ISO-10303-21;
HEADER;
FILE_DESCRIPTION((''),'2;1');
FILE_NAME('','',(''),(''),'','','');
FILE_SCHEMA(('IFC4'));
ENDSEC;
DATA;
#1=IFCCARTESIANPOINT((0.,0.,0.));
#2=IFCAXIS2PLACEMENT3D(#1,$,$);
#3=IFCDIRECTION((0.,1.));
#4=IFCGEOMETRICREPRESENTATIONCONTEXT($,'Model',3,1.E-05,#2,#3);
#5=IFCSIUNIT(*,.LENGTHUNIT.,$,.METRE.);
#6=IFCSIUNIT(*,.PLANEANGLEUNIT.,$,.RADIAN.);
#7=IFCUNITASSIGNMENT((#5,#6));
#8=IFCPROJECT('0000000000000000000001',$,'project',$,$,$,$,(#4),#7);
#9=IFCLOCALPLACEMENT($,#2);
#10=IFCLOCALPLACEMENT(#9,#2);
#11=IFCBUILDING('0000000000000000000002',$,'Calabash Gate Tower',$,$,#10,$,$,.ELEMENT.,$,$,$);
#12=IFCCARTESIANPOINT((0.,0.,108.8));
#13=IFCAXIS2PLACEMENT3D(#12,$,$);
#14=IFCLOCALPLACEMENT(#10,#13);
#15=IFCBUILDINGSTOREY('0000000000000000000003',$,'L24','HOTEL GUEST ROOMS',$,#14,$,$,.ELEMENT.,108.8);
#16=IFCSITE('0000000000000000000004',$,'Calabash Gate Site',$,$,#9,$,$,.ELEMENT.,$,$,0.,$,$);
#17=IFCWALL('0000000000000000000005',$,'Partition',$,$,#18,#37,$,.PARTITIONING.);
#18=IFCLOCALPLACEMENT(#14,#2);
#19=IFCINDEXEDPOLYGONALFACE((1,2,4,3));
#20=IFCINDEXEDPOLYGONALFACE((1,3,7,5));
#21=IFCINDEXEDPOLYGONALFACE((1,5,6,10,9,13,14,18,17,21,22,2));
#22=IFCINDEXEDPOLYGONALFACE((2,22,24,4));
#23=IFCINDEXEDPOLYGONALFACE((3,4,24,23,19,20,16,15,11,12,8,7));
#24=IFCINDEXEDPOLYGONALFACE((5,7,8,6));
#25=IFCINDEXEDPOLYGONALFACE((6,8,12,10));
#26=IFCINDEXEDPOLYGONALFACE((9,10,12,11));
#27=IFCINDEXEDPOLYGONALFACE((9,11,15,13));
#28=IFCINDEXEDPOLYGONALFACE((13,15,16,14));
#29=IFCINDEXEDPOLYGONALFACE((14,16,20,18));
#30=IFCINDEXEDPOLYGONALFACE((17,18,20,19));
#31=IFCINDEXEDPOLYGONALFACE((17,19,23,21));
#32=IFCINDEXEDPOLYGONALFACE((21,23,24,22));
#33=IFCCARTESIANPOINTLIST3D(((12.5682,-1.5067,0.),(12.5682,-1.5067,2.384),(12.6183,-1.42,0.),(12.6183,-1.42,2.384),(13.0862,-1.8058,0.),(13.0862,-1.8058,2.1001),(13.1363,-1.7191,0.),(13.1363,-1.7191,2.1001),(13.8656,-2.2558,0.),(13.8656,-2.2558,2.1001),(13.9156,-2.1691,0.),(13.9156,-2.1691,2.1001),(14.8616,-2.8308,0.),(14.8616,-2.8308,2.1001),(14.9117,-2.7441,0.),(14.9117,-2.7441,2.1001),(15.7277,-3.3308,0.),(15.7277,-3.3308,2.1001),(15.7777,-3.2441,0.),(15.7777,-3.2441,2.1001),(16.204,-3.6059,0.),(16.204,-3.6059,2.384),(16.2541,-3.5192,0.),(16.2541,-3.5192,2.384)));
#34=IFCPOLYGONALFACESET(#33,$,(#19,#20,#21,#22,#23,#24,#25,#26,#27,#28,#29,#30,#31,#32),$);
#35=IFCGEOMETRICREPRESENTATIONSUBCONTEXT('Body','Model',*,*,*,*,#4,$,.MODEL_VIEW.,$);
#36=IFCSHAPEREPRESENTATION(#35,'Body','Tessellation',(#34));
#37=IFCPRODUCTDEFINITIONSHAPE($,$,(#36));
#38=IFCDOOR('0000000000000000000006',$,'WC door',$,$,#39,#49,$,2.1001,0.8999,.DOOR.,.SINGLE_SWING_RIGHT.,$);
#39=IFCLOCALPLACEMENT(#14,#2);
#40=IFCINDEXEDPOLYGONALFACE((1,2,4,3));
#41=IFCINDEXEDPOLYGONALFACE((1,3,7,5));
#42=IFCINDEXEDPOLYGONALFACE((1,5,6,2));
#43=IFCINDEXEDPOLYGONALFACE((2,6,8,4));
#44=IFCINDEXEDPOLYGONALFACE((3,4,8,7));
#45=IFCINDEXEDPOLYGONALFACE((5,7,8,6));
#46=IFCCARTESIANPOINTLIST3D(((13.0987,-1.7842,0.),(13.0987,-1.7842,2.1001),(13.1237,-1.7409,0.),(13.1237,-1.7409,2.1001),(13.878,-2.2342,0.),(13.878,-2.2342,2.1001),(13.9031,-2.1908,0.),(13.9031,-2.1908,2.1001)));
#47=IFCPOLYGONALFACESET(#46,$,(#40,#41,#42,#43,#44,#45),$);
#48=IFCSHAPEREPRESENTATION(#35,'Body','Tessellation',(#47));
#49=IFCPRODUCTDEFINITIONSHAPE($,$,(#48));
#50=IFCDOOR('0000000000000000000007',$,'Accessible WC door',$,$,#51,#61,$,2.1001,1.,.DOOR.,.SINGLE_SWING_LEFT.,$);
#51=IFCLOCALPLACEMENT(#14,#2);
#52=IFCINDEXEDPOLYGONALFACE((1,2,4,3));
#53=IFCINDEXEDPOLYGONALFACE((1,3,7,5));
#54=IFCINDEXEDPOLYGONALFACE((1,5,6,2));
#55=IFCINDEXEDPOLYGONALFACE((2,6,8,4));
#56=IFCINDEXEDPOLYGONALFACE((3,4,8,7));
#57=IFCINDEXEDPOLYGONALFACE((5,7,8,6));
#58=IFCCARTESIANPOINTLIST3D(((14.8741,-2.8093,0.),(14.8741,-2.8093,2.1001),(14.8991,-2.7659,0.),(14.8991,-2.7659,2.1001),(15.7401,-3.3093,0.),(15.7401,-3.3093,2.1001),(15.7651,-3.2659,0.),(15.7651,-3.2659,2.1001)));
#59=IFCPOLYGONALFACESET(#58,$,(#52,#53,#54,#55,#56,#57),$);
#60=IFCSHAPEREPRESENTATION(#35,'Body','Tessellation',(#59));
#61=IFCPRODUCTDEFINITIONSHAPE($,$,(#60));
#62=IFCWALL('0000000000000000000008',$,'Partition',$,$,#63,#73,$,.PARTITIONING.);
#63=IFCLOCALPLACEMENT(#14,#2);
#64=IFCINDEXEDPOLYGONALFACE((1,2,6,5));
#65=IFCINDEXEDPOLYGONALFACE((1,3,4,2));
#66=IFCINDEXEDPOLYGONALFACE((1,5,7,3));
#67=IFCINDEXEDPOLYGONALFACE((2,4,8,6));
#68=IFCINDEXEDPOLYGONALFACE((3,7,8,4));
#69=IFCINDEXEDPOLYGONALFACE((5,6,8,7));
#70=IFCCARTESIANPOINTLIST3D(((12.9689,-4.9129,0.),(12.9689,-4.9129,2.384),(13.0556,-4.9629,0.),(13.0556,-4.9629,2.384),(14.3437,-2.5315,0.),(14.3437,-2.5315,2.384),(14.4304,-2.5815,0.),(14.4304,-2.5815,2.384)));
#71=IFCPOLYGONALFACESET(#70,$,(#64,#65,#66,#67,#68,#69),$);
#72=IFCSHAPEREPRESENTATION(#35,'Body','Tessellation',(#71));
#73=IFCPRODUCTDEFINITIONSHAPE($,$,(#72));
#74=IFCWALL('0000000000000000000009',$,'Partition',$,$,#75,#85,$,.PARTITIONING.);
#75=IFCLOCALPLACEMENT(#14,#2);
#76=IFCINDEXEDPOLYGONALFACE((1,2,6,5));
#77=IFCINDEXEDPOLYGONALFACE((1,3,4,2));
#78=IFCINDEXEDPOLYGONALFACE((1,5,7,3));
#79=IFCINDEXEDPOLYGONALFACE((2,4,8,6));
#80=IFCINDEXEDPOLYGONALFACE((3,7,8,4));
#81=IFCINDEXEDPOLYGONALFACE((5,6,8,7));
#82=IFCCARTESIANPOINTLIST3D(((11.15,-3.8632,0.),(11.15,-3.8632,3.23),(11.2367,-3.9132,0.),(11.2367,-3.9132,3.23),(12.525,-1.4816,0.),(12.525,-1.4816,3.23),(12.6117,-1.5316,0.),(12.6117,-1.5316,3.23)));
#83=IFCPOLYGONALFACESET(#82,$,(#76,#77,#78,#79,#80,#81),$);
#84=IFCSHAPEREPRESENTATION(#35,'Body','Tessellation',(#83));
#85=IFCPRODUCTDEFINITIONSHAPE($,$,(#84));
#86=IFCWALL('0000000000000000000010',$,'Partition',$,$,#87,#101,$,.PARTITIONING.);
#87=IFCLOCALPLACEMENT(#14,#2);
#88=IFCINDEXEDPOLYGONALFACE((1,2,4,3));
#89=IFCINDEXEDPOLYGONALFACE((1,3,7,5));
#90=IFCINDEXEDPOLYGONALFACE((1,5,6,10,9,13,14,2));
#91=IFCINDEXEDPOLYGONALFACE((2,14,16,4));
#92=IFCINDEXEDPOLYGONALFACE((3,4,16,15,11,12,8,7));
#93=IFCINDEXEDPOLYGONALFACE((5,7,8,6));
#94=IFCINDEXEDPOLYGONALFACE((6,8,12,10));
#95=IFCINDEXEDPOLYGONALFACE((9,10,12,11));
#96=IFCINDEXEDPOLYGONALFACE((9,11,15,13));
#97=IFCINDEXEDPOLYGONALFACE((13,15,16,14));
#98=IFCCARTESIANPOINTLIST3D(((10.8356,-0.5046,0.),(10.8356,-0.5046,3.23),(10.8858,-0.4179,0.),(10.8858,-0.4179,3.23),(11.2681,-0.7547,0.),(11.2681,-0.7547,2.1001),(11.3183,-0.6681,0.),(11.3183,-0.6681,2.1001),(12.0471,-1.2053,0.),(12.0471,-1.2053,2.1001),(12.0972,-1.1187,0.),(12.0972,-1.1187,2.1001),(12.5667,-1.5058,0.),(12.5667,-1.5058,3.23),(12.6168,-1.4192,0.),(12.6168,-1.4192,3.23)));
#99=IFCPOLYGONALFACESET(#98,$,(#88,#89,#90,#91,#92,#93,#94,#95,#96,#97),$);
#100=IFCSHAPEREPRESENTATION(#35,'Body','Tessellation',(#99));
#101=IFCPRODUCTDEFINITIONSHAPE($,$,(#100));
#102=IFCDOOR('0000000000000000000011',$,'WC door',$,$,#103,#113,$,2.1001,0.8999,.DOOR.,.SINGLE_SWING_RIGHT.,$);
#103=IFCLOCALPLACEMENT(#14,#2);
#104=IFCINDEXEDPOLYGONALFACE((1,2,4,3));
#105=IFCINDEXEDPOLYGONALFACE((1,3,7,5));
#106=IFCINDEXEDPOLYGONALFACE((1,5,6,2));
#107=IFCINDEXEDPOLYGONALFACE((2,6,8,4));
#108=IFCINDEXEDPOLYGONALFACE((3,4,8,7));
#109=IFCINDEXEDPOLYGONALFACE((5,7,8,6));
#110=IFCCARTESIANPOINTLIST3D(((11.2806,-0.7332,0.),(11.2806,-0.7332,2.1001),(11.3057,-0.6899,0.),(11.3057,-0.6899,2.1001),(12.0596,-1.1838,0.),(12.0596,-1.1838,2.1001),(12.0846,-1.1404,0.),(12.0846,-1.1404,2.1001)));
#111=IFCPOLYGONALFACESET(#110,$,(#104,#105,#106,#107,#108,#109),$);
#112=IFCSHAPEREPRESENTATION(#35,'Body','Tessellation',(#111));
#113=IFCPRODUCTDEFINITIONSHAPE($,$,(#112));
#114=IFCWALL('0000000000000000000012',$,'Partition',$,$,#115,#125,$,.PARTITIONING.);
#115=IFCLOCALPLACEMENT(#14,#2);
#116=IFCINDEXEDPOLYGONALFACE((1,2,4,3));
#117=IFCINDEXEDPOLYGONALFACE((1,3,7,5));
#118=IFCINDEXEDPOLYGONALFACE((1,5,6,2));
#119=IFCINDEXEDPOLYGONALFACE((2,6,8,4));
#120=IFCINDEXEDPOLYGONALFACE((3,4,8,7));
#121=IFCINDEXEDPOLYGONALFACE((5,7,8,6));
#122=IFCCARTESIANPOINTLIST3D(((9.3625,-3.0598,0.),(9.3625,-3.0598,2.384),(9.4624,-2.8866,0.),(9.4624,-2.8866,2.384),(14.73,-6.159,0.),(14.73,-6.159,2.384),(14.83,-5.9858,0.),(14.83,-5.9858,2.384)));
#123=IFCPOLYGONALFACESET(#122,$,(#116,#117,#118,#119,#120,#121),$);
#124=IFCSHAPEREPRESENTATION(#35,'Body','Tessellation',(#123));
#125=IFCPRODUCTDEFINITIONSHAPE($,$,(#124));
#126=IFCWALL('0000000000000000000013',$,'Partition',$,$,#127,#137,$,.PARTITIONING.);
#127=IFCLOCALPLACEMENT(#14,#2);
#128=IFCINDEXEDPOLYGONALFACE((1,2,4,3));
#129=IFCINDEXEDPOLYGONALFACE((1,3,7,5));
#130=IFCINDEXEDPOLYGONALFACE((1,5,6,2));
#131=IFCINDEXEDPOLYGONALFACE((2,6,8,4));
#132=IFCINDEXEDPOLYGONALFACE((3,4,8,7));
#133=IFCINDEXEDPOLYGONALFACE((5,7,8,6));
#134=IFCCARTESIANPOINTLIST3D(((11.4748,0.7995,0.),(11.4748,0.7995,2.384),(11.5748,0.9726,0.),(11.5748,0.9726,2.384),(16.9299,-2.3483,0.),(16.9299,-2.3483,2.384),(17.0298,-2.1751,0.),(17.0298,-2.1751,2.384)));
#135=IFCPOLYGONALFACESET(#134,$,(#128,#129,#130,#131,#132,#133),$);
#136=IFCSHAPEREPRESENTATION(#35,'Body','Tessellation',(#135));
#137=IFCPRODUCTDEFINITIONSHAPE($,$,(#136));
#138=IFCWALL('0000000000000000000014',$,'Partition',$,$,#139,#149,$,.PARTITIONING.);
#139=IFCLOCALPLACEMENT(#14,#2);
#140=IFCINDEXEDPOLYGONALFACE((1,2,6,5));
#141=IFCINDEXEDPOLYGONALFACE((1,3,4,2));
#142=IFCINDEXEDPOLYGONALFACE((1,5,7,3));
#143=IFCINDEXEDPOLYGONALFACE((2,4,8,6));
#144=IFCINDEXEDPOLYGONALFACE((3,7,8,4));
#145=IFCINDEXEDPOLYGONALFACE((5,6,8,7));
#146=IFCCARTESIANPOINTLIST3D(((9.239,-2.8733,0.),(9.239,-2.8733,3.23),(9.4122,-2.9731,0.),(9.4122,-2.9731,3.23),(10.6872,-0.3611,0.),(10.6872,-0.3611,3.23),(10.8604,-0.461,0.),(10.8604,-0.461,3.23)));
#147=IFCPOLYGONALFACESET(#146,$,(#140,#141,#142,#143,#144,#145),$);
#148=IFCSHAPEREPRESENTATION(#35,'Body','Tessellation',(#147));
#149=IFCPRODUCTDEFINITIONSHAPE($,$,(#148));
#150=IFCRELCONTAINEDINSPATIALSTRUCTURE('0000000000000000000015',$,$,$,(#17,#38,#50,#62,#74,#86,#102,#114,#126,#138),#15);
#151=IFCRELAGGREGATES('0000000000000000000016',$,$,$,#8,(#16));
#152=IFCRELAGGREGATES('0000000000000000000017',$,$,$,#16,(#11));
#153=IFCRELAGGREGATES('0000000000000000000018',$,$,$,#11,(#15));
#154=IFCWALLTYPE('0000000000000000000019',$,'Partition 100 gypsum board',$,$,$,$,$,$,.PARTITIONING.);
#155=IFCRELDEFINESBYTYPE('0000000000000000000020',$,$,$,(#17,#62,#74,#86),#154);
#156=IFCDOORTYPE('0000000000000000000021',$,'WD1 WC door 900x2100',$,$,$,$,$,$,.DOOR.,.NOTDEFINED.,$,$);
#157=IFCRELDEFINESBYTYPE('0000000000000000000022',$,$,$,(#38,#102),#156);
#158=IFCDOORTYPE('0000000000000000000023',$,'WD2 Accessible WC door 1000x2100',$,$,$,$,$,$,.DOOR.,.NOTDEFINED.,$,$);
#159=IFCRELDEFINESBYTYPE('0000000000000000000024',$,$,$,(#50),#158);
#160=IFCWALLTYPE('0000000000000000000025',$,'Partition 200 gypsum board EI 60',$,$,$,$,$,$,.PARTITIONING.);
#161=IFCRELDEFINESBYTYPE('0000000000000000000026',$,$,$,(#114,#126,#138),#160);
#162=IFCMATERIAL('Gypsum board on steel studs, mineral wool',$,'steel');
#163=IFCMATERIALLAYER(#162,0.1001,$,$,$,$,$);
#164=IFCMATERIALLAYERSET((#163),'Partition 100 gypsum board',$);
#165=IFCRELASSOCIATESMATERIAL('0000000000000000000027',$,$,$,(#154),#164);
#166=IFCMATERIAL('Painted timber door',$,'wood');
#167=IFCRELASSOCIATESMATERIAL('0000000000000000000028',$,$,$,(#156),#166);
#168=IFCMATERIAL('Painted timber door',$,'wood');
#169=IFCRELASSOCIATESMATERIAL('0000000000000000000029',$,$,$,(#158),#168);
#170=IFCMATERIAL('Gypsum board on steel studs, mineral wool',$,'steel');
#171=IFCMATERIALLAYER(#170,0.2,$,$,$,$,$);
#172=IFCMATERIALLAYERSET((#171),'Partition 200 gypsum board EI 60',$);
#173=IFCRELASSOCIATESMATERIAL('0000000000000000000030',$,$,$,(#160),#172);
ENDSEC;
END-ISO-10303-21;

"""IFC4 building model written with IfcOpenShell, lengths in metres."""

from ifc_helpers import new_model, si_unit, direction, frame, frame_2d, origin, place, context, subcontext, project, spatial, rectangle, extrude, material, layer, layer_set, type_object, element, fill, save


model = new_model("IFC4")

# Units and contexts
model_context = context("Model", 3, precision=1e-05, world=origin(), true_north=direction((0.0, 1.0)))
body_context = subcontext(model_context, "Body", "Model", "MODEL_VIEW")
ifc_project = project(units=[si_unit("LENGTHUNIT", "METRE"), si_unit("PLANEANGLEUNIT", "RADIAN")], contexts=[model_context])

# Site, building, storey
site_placement = place(None, origin())
site = spatial("IfcSite", under=ifc_project, at=site_placement, Name="Calabash Gate Site", CompositionType="ELEMENT", RefElevation=0.0)
building_placement = place(site_placement, origin())
building = spatial("IfcBuilding", under=site, at=building_placement, Name="Calabash Gate Tower", CompositionType="ELEMENT")
storey_placement = place(building_placement, frame((0.0, 0.0, 108.8)))
storey = spatial("IfcBuildingStorey", under=building, at=storey_placement, Name="L24", Description="HOTEL GUEST ROOMS", CompositionType="ELEMENT", Elevation=108.8)

# Wall, openings, doors
ifc_material_1 = material(Name="Gypsum board on steel studs, mineral wool", Category="steel")
ifc_layer_1 = layer(ifc_material_1, 0.1001)
ifc_layer_set_1 = layer_set([ifc_layer_1], Name="Partition 100 gypsum board")
wall_type_1 = type_object("IfcWallType", Name="Partition 100 gypsum board", PredefinedType="PARTITIONING", material=ifc_layer_set_1)
wall_1_placement = place(storey_placement, frame((12.5933, -1.4634, 0.0), z_axis=(0.0, 0.0, 1.0), x_axis=(0.866023, -0.500004, 0.0)))
wall_1 = element("IfcWall", 1, at=wall_1_placement, inside=storey, type_object=wall_type_1, Name="Partition", PredefinedType="PARTITIONING", context=body_context, shape_type="SweptSolid", body=[
    extrude(rectangle(XDim=4.1982, YDim=0.1001, at=frame_2d((2.0991, 0.0))), origin(), (0.0, 0.0, 1.0), 2.384),
])
opening_1_placement = place(wall_1_placement, frame((0.5981, 0.0, 0.0)))
opening_1 = element("IfcOpeningElement", 2, at=opening_1_placement, cuts=wall_1, PredefinedType="OPENING", context=body_context, shape_type="SweptSolid", body=[
    extrude(rectangle(XDim=0.8999, YDim=2.1001, at=frame_2d((0.45, 1.05))), frame((0.0, 0.0601, 0.0), z_axis=(0.0, -1.0, 0.0), x_axis=(1.0, 0.0, 0.0)), (0.0, 0.0, 1.0), 0.1201),
])
opening_2_placement = place(wall_1_placement, frame((2.6482, 0.0, 0.0)))
opening_2 = element("IfcOpeningElement", 3, at=opening_2_placement, cuts=wall_1, PredefinedType="OPENING", context=body_context, shape_type="SweptSolid", body=[
    extrude(rectangle(XDim=1.0, YDim=2.1001, at=frame_2d((0.5, 1.05))), frame((0.0, 0.0601, 0.0), z_axis=(0.0, -1.0, 0.0), x_axis=(1.0, 0.0, 0.0)), (0.0, 0.0, 1.0), 0.1201),
])
ifc_material_2 = material(Name="Painted timber door", Category="wood")
door_type_1 = type_object("IfcDoorType", Name="WD1 WC door 900x2100", OperationType="NOTDEFINED", PredefinedType="DOOR", material=ifc_material_2)
door_1_placement = place(opening_1_placement, origin())
door_1 = element("IfcDoor", 4, at=door_1_placement, inside=storey, type_object=door_type_1, Name="WC door", OperationType="SINGLE_SWING_RIGHT", OverallHeight=2.1001, OverallWidth=0.8999, PredefinedType="DOOR", context=body_context, shape_type="SweptSolid", body=[
    extrude(rectangle(XDim=0.8999, YDim=2.1001, at=frame_2d((0.45, 1.05))), frame((0.0, 0.0249, 0.0), z_axis=(0.0, -1.0, 0.0), x_axis=(1.0, 0.0, 0.0)), (0.0, 0.0, 1.0), 0.05),
])
fill(opening_1, door_1)
ifc_material_3 = material(Name="Painted timber door", Category="wood")
door_type_2 = type_object("IfcDoorType", Name="WD2 Accessible WC door 1000x2100", OperationType="NOTDEFINED", PredefinedType="DOOR", material=ifc_material_3)
door_2_placement = place(opening_2_placement, origin())
door_2 = element("IfcDoor", 5, at=door_2_placement, inside=storey, type_object=door_type_2, Name="Accessible WC door", OperationType="SINGLE_SWING_LEFT", OverallHeight=2.1001, OverallWidth=1.0, PredefinedType="DOOR", context=body_context, shape_type="SweptSolid", body=[
    extrude(rectangle(XDim=1.0, YDim=2.1001, at=frame_2d((0.5, 1.05))), frame((0.0, 0.0249, 0.0), z_axis=(0.0, -1.0, 0.0), x_axis=(1.0, 0.0, 0.0)), (0.0, 0.0, 1.0), 0.05),
])
fill(opening_2, door_2)

# Walls
wall_2_placement = place(storey_placement, frame((13.0122, -4.938, 0.0), z_axis=(0.0, 0.0, 1.0), x_axis=(0.499968, 0.866044, 0.0)))
element("IfcWall", 6, at=wall_2_placement, inside=storey, type_object=wall_type_1, Name="Partition", PredefinedType="PARTITIONING", context=body_context, shape_type="SweptSolid", body=[
    extrude(rectangle(XDim=2.7498, YDim=0.1001, at=frame_2d((1.375, 0.0))), origin(), (0.0, 0.0, 1.0), 2.384),
])
wall_3_placement = place(storey_placement, frame((11.1934, -3.8882, 0.0), z_axis=(0.0, 0.0, 1.0), x_axis=(0.499997, 0.866027, 0.0)))
element("IfcWall", 7, at=wall_3_placement, inside=storey, type_object=wall_type_1, Name="Partition", PredefinedType="PARTITIONING", context=body_context, shape_type="SweptSolid", body=[
    extrude(rectangle(XDim=2.75, YDim=0.1001, at=frame_2d((1.375, 0.0))), origin(), (0.0, 0.0, 1.0), 3.23),
])

# Wall, opening, door
wall_4_placement = place(storey_placement, frame((10.8606, -0.4612, 0.0), z_axis=(0.0, 0.0, 1.0), x_axis=(0.865624, -0.500695, 0.0)))
wall_4 = element("IfcWall", 8, at=wall_4_placement, inside=storey, type_object=wall_type_1, Name="Partition", PredefinedType="PARTITIONING", context=body_context, shape_type="SweptSolid", body=[
    extrude(rectangle(XDim=1.9998, YDim=0.1001, at=frame_2d((1.0, 0.0))), origin(), (0.0, 0.0, 1.0), 3.23),
])
opening_3_placement = place(wall_4_placement, frame((0.4998, 0.0, 0.0)))
opening_3 = element("IfcOpeningElement", 9, at=opening_3_placement, cuts=wall_4, PredefinedType="OPENING", context=body_context, shape_type="SweptSolid", body=[
    extrude(rectangle(XDim=0.8999, YDim=2.1001, at=frame_2d((0.45, 1.05))), frame((0.0, 0.0601, 0.0), z_axis=(0.0, -1.0, 0.0), x_axis=(1.0, 0.0, 0.0)), (0.0, 0.0, 1.0), 0.1201),
])
door_3_placement = place(opening_3_placement, origin())
door_3 = element("IfcDoor", 10, at=door_3_placement, inside=storey, type_object=door_type_1, Name="WC door", OperationType="SINGLE_SWING_RIGHT", OverallHeight=2.1001, OverallWidth=0.8999, PredefinedType="DOOR", context=body_context, shape_type="SweptSolid", body=[
    extrude(rectangle(XDim=0.8999, YDim=2.1001, at=frame_2d((0.45, 1.05))), frame((0.0, 0.0249, 0.0), z_axis=(0.0, -1.0, 0.0), x_axis=(1.0, 0.0, 0.0)), (0.0, 0.0, 1.0), 0.05),
])
fill(opening_3, door_3)

# Walls
ifc_material_4 = material(Name="Gypsum board on steel studs, mineral wool", Category="steel")
ifc_layer_2 = layer(ifc_material_4, 0.2)
ifc_layer_set_2 = layer_set([ifc_layer_2], Name="Partition 200 gypsum board EI 60")
wall_type_2 = type_object("IfcWallType", Name="Partition 200 gypsum board EI 60", PredefinedType="PARTITIONING", material=ifc_layer_set_2)
wall_5_placement = place(storey_placement, frame((9.4124, -2.9731, 0.0), z_axis=(0.0, 0.0, 1.0), x_axis=(0.866009, -0.500028, 0.0)))
element("IfcWall", 11, at=wall_5_placement, inside=storey, type_object=wall_type_2, Name="Partition", PredefinedType="PARTITIONING", context=body_context, shape_type="SweptSolid", body=[
    extrude(rectangle(XDim=6.198, YDim=0.2, at=frame_2d((3.0991, 0.0))), origin(), (0.0, 0.0, 1.0), 2.384),
])
wall_6_placement = place(storey_placement, frame((11.5249, 0.886, 0.0), z_axis=(0.0, 0.0, 1.0), x_axis=(0.866148, -0.499787, 0.0)))
element("IfcWall", 12, at=wall_6_placement, inside=storey, type_object=wall_type_2, Name="Partition", PredefinedType="PARTITIONING", context=body_context, shape_type="SweptSolid", body=[
    extrude(rectangle(XDim=6.2981, YDim=0.2, at=frame_2d((3.1489, 0.0))), origin(), (0.0, 0.0, 1.0), 2.384),
])
wall_7_placement = place(storey_placement, frame((9.3257, -2.9231, 0.0), z_axis=(0.0, 0.0, 1.0), x_axis=(0.499436, 0.866351, 0.0)))
element("IfcWall", 13, at=wall_7_placement, inside=storey, type_object=wall_type_2, Name="Partition", PredefinedType="PARTITIONING", context=body_context, shape_type="SweptSolid", body=[
    extrude(rectangle(XDim=2.8997, YDim=0.2, at=frame_2d((1.4497, 0.0))), origin(), (0.0, 0.0, 1.0), 3.23),
])

save(model, "model.ifc")
